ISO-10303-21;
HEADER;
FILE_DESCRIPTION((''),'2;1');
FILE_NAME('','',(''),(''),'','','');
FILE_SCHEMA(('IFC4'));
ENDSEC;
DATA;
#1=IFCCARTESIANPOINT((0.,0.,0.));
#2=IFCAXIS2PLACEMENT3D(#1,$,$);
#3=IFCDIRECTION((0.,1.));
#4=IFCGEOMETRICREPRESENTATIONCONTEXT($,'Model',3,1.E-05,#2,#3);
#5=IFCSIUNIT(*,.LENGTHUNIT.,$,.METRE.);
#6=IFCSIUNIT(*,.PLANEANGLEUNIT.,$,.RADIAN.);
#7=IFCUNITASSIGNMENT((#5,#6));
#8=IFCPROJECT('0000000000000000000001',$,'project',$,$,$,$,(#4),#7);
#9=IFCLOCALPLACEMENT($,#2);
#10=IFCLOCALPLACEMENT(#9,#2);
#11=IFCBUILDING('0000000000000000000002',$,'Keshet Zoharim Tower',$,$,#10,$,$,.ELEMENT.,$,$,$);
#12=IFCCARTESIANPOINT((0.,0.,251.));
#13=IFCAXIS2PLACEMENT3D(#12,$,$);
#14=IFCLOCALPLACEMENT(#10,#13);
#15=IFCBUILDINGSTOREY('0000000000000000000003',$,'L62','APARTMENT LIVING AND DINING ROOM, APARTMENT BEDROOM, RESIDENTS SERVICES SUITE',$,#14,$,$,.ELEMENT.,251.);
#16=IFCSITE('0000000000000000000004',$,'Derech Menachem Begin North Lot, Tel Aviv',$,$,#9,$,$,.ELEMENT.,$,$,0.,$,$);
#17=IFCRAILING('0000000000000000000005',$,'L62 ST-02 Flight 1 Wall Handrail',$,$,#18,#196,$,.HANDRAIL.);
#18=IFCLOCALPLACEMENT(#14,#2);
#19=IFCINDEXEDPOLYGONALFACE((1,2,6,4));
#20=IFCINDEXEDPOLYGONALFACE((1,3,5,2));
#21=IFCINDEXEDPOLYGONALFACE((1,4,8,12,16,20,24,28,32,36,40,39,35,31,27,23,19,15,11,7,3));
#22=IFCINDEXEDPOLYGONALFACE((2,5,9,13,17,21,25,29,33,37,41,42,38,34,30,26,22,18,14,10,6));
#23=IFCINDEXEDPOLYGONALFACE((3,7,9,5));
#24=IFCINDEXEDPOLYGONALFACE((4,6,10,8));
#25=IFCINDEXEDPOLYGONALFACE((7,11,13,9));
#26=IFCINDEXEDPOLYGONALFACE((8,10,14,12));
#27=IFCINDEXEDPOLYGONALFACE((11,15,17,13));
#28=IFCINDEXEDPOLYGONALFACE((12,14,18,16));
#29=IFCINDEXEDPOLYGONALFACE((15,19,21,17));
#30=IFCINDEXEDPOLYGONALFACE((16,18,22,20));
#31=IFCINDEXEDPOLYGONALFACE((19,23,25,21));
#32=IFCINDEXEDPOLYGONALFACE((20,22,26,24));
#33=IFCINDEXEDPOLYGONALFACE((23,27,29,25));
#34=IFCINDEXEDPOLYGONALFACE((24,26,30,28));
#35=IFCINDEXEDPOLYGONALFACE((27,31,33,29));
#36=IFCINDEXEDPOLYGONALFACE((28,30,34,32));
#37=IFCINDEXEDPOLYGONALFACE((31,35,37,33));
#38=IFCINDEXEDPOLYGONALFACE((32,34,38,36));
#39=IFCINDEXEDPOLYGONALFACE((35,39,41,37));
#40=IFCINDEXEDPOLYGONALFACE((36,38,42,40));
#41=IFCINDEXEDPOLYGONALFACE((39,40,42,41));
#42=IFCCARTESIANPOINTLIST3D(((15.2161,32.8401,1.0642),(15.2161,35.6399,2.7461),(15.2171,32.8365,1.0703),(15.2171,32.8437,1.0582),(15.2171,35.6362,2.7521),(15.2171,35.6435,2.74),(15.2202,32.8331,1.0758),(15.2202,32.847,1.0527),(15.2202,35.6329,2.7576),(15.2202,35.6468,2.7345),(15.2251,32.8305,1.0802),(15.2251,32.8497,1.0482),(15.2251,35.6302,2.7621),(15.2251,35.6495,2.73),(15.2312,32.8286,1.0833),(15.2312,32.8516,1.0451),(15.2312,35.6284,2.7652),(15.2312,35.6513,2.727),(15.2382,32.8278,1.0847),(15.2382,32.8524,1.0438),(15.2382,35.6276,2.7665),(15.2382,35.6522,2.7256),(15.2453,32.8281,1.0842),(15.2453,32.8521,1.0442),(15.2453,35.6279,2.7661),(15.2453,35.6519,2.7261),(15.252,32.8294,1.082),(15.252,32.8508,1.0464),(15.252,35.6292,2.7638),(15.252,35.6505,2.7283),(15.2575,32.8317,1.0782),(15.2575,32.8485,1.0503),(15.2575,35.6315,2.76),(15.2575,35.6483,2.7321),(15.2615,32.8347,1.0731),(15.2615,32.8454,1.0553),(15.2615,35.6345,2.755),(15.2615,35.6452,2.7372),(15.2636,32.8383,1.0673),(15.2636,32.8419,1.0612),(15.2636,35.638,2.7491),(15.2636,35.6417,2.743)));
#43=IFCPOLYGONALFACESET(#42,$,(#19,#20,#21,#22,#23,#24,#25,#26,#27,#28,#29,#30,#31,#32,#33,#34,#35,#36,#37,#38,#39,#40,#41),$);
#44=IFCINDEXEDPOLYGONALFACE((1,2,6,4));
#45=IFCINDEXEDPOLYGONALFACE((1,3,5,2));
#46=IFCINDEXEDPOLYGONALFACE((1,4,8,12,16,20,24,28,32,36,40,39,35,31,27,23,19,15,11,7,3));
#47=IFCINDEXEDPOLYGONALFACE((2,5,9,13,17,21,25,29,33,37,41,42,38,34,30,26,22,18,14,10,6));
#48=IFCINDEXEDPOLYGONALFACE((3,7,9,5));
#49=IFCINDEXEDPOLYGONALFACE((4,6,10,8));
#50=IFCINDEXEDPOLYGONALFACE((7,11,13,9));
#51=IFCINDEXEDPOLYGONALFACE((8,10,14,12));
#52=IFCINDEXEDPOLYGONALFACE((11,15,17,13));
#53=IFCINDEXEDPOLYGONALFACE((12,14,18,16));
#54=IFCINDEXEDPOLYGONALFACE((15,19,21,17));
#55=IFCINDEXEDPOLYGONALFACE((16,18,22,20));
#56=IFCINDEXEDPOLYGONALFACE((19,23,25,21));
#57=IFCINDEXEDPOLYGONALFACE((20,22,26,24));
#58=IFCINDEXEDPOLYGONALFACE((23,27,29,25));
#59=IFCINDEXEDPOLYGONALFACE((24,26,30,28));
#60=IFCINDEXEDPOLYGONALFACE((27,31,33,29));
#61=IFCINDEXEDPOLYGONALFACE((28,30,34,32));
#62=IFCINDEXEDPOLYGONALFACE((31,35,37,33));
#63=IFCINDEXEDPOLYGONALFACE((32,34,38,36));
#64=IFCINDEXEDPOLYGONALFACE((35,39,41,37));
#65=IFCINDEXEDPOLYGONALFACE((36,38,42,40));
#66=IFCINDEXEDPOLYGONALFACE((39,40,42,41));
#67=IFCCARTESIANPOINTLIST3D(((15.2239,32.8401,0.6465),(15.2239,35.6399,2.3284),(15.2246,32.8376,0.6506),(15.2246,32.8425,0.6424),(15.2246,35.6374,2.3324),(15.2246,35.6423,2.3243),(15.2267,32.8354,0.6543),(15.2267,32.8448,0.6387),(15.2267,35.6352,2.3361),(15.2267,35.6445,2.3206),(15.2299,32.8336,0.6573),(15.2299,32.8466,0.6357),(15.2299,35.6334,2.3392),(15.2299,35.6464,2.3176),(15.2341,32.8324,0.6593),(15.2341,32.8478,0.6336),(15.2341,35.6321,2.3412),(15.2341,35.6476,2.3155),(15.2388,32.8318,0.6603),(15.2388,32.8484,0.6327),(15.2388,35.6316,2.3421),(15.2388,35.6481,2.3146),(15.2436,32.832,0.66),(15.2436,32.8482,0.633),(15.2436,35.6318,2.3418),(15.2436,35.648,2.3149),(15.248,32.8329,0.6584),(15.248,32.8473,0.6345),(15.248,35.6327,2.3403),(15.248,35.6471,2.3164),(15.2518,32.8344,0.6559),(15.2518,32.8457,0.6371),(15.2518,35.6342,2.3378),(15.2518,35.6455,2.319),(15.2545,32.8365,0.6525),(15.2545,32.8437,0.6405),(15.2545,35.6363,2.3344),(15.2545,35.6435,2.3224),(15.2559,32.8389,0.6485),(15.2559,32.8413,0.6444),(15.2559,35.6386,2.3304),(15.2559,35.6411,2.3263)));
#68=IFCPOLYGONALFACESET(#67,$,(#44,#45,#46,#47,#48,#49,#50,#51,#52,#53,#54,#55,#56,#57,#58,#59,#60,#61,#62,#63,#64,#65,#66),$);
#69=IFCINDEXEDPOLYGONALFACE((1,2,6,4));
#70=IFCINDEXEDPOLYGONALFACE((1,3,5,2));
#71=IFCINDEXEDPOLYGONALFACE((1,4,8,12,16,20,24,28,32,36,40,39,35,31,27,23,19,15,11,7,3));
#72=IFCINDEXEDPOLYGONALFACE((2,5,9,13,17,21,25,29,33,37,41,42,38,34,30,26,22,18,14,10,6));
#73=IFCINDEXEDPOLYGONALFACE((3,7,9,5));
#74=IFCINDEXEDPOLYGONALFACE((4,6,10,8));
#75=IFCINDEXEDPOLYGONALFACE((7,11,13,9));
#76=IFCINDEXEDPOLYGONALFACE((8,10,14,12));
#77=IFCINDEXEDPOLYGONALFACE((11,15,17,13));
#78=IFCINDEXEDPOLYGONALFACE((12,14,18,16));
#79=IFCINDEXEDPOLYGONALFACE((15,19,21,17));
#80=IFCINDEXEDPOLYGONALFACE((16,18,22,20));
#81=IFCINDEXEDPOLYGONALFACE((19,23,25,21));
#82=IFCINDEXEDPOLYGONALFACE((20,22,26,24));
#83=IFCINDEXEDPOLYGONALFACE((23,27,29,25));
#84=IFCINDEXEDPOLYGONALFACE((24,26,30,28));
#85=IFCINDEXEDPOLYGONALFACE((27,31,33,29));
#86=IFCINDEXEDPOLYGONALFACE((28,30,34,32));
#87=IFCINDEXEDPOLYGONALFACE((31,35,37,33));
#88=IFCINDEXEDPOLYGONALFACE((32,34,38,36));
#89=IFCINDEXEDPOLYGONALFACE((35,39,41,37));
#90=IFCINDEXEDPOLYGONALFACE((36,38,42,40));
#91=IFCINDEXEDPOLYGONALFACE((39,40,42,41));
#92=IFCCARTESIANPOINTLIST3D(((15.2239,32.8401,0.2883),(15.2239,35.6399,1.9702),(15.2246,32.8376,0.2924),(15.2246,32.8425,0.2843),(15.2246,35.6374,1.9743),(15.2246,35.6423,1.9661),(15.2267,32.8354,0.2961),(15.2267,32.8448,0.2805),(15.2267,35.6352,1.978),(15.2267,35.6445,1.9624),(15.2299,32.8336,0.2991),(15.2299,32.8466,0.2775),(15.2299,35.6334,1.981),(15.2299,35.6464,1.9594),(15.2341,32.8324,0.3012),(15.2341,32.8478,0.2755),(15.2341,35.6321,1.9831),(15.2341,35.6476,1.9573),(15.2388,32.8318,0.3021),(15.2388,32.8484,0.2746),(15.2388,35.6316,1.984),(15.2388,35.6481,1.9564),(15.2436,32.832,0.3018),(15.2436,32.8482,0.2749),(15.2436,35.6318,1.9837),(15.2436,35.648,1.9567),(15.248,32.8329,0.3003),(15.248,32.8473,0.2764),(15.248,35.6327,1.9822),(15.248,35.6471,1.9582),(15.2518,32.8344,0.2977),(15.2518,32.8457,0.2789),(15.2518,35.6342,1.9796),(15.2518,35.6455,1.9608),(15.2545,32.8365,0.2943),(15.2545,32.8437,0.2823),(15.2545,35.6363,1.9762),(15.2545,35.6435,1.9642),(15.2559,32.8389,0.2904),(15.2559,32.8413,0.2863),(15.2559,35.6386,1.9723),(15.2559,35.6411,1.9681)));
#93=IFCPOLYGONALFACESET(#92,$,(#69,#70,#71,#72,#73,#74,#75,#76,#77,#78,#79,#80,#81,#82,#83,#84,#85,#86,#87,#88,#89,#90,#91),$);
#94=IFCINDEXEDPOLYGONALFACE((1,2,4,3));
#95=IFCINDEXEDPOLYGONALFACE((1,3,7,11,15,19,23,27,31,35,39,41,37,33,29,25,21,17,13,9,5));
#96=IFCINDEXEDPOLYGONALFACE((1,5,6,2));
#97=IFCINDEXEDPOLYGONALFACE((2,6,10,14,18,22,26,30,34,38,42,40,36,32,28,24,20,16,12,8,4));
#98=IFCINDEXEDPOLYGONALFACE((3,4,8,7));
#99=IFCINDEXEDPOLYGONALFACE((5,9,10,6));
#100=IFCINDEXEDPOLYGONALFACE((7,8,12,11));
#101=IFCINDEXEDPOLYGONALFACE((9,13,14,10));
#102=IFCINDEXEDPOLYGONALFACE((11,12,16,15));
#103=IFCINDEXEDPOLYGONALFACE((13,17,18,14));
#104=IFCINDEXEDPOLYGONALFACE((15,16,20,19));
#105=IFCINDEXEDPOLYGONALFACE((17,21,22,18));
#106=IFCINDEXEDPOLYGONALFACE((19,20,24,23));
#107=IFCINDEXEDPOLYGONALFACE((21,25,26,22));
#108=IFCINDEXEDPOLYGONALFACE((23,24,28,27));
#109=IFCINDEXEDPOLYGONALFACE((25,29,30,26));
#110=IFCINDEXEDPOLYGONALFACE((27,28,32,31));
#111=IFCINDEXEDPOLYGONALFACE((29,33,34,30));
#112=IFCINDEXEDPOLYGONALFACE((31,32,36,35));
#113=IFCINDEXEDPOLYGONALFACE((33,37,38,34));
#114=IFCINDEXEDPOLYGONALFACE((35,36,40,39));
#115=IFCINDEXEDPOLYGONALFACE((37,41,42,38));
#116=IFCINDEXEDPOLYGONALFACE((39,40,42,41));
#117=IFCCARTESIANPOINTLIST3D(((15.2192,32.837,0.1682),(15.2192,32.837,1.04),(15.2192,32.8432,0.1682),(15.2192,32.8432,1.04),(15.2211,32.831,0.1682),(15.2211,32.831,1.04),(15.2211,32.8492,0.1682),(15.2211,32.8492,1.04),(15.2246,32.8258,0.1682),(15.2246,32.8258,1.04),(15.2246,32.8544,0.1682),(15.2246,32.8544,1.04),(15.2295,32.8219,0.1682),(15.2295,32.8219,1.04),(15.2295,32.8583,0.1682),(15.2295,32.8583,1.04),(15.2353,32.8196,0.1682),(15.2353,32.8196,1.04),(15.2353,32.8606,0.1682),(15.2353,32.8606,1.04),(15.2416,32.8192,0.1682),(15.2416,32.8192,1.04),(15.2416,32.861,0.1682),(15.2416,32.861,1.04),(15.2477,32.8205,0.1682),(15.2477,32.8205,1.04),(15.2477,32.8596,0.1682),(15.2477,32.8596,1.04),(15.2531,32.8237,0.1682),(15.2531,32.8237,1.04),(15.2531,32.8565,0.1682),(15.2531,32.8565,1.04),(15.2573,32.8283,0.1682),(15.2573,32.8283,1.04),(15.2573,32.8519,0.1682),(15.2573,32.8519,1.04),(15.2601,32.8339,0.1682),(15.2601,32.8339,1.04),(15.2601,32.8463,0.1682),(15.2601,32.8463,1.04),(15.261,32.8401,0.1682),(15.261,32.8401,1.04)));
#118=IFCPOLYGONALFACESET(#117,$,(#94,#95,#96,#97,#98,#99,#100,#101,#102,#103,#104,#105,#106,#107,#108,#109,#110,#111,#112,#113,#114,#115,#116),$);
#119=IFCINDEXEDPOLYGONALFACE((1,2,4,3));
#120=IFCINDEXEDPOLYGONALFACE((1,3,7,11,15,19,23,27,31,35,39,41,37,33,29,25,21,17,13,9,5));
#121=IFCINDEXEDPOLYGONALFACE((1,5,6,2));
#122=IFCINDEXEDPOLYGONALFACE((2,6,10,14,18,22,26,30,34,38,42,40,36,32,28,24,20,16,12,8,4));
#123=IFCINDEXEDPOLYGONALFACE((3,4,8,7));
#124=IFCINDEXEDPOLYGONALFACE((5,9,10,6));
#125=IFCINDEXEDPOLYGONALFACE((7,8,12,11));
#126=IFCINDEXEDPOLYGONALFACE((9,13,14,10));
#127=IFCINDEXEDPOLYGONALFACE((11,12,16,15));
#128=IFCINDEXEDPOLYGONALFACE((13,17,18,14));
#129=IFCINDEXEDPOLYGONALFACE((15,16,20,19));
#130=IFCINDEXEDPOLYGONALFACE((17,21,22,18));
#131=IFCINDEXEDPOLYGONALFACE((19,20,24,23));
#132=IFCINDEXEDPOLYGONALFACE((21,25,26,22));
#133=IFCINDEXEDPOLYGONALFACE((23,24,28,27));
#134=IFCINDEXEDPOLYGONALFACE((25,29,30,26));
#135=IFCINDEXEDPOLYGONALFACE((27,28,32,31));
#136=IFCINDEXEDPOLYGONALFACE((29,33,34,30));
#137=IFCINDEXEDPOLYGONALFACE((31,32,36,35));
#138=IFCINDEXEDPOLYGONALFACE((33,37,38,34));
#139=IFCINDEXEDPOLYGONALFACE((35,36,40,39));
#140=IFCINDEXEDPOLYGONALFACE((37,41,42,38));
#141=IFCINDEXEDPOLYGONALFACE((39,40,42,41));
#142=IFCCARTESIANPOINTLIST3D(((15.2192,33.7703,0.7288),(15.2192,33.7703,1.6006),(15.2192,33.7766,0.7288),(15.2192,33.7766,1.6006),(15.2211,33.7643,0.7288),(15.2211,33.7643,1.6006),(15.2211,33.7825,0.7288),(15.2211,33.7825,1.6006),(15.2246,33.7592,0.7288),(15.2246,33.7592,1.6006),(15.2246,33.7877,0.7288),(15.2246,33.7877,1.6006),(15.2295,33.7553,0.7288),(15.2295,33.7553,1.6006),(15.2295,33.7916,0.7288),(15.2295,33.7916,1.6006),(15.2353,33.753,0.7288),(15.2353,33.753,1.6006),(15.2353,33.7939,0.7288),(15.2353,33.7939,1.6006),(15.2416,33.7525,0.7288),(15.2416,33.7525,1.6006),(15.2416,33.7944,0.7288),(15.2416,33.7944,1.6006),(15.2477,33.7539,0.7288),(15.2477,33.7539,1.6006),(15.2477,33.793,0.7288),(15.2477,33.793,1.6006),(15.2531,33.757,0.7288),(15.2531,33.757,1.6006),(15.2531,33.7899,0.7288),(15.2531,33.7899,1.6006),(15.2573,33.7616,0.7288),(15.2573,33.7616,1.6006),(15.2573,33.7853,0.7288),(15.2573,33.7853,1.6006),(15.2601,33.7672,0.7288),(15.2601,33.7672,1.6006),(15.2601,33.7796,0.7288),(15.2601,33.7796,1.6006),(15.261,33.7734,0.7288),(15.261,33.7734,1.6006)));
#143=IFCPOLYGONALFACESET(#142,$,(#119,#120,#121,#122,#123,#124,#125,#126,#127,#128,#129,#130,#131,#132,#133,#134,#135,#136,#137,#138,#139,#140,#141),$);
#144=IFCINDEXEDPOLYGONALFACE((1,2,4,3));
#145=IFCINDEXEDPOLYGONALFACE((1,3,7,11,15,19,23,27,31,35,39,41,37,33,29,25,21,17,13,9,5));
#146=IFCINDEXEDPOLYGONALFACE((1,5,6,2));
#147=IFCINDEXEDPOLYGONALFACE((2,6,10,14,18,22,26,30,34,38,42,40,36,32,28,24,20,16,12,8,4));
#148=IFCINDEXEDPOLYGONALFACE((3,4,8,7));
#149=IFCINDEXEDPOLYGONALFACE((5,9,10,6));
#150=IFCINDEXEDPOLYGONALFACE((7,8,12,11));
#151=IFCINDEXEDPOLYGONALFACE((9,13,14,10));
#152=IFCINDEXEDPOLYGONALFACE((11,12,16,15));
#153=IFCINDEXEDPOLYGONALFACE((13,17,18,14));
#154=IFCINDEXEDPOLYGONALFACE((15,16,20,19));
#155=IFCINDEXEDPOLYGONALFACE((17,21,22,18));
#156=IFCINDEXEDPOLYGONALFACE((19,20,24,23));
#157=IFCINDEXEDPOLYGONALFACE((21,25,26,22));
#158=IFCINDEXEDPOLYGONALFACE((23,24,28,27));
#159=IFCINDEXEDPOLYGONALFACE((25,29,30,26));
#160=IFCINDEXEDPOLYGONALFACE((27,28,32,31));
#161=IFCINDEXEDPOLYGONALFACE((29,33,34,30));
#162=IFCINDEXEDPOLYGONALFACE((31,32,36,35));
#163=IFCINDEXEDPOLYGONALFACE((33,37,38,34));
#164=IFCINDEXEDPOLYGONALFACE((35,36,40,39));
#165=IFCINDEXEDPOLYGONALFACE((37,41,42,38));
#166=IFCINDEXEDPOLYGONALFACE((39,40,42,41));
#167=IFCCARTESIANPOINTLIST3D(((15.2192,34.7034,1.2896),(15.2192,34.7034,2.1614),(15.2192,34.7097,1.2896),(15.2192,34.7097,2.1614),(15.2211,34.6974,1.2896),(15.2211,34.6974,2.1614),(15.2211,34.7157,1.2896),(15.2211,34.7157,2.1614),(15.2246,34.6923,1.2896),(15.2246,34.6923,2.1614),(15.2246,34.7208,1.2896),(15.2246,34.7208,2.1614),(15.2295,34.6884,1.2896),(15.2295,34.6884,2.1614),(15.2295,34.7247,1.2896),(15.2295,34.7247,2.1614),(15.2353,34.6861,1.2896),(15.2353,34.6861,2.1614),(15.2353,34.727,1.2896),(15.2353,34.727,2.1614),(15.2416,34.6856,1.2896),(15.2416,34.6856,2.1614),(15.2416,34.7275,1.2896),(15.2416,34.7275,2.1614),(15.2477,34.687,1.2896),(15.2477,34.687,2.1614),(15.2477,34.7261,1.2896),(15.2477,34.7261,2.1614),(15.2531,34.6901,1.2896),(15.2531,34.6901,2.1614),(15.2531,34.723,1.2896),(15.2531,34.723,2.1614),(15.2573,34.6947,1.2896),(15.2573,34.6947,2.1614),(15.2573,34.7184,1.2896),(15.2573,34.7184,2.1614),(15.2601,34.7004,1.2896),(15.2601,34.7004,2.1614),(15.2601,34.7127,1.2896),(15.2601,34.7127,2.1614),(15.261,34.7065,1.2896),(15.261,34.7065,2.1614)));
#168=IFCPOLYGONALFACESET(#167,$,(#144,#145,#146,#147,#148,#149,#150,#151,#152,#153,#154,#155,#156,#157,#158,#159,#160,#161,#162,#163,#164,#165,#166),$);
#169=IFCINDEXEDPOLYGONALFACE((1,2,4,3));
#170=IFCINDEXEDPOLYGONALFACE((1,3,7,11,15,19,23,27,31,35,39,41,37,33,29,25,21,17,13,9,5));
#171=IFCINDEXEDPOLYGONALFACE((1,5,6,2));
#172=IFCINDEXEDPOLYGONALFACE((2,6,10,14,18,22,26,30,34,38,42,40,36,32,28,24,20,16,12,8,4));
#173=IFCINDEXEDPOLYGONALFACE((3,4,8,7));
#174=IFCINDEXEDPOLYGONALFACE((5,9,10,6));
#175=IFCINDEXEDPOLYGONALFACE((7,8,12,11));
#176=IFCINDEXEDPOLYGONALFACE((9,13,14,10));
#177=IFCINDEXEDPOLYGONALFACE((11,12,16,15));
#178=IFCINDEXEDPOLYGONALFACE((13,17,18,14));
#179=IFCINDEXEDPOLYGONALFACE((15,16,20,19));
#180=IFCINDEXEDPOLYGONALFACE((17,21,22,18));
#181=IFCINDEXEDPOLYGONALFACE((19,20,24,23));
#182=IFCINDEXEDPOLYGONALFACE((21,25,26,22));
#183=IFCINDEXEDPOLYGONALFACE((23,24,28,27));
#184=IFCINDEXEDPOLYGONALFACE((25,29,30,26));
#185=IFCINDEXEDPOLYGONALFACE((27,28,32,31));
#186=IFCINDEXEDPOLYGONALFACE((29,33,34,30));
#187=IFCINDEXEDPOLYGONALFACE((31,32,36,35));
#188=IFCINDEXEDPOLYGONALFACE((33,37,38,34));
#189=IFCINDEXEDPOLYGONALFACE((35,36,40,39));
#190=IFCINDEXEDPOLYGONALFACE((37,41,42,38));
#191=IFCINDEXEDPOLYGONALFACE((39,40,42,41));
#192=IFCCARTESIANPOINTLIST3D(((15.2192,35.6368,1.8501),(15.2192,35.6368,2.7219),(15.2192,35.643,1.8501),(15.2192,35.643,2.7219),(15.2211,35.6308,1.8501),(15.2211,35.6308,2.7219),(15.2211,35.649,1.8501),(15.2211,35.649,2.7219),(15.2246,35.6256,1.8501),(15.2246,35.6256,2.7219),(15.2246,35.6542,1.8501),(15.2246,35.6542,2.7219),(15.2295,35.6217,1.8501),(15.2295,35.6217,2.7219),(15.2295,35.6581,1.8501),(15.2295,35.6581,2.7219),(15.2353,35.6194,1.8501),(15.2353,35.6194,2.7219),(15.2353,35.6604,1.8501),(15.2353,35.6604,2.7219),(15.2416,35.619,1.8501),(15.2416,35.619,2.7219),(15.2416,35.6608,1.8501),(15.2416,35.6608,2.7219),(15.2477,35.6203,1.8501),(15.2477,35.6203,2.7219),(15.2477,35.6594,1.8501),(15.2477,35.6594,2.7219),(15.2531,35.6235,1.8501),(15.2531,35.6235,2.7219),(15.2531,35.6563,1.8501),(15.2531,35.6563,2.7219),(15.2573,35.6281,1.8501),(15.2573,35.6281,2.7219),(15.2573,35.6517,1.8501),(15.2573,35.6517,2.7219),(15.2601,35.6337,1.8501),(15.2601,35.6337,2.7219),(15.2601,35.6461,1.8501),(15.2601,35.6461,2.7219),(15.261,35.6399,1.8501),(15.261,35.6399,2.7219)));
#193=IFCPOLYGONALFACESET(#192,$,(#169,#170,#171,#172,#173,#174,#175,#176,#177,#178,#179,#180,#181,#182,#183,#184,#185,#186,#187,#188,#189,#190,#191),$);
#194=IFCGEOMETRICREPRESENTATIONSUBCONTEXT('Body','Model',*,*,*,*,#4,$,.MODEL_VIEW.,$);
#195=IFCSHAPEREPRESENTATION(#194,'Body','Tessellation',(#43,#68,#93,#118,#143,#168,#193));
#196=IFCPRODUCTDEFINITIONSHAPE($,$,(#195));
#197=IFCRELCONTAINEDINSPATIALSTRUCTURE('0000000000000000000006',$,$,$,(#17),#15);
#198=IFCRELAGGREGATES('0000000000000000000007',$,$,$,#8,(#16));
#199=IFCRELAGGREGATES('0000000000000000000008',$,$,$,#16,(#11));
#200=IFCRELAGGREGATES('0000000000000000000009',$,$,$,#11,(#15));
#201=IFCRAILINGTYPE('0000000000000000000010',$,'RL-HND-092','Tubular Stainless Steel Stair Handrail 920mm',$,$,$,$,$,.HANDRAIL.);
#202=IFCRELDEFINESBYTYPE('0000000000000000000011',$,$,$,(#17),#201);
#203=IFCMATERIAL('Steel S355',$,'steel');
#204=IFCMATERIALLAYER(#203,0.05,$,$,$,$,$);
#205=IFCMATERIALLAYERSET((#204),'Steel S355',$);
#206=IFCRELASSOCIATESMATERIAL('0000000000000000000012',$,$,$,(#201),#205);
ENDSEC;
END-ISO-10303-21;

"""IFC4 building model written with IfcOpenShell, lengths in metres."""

from ifc_helpers import new_model, si_unit, direction, frame, origin, origin_2d, place, context, subcontext, project, spatial, circle, extrude, material, layer, layer_set, type_object, element, save


model = new_model("IFC4")

# Units and contexts
model_context = context("Model", 3, precision=1e-05, world=origin(), true_north=direction((0.0, 1.0)))
body_context = subcontext(model_context, "Body", "Model", "MODEL_VIEW")
ifc_project = project(units=[si_unit("LENGTHUNIT", "METRE"), si_unit("PLANEANGLEUNIT", "RADIAN")], contexts=[model_context])

# Site, building, storey
site_placement = place(None, origin())
site = spatial("IfcSite", under=ifc_project, at=site_placement, Name="Derech Menachem Begin North Lot, Tel Aviv", CompositionType="ELEMENT", RefElevation=0.0)
building_placement = place(site_placement, origin())
building = spatial("IfcBuilding", under=site, at=building_placement, Name="Keshet Zoharim Tower", CompositionType="ELEMENT")
storey_placement = place(building_placement, frame((0.0, 0.0, 251.0)))
storey = spatial("IfcBuildingStorey", under=building, at=storey_placement, Name="L62", Description="APARTMENT LIVING AND DINING ROOM, APARTMENT BEDROOM, RESIDENTS SERVICES SUITE", CompositionType="ELEMENT", Elevation=251.0)

# Shared definitions
ifc_material_1 = material(Name="Steel S355", Category="steel")

# Railing
ifc_layer_1 = layer(ifc_material_1, 0.05)
ifc_layer_set_1 = layer_set([ifc_layer_1], Name="Steel S355")
railing_type_1 = type_object("IfcRailingType", Name="RL-HND-092", Description="Tubular Stainless Steel Stair Handrail 920mm", PredefinedType="HANDRAIL", material=ifc_layer_set_1)
railing_1_placement = place(storey_placement, frame((15.24, 32.8401, 0.1682)))
element("IfcRailing", 1, at=railing_1_placement, inside=storey, type_object=railing_type_1, Name="L62 ST-02 Flight 1 Wall Handrail", PredefinedType="HANDRAIL", context=body_context, shape_type="SweptSolid", body=[
    extrude(circle(Radius=0.0239, at=origin_2d()), frame((0.0, 0.0, 0.896), z_axis=(0.0, 0.857222, 0.514946), x_axis=(-1.0, 0.0, 0.0)), (0.0, 0.0, 1.0), 3.2661),
    extrude(circle(Radius=0.0161, at=origin_2d()), frame((0.0, 0.0, 0.4783), z_axis=(0.0, 0.857222, 0.514946), x_axis=(-1.0, 0.0, 0.0)), (0.0, 0.0, 1.0), 3.2661),
    extrude(circle(Radius=0.0161, at=origin_2d()), frame((0.0, 0.0, 0.1201), z_axis=(0.0, 0.857222, 0.514946), x_axis=(-1.0, 0.0, 0.0)), (0.0, 0.0, 1.0), 3.2661),
    extrude(circle(Radius=0.021, at=origin_2d()), origin(), (0.0, 0.0, 1.0), 0.8718),
    extrude(circle(Radius=0.021, at=origin_2d()), frame((0.0, 0.9333, 0.5605)), (0.0, 0.0, 1.0), 0.8718),
    extrude(circle(Radius=0.021, at=origin_2d()), frame((0.0, 1.8665, 1.1213)), (0.0, 0.0, 1.0), 0.8718),
    extrude(circle(Radius=0.021, at=origin_2d()), frame((0.0, 2.7998, 1.6819)), (0.0, 0.0, 1.0), 0.8718),
])

save(model, "model.ifc")
